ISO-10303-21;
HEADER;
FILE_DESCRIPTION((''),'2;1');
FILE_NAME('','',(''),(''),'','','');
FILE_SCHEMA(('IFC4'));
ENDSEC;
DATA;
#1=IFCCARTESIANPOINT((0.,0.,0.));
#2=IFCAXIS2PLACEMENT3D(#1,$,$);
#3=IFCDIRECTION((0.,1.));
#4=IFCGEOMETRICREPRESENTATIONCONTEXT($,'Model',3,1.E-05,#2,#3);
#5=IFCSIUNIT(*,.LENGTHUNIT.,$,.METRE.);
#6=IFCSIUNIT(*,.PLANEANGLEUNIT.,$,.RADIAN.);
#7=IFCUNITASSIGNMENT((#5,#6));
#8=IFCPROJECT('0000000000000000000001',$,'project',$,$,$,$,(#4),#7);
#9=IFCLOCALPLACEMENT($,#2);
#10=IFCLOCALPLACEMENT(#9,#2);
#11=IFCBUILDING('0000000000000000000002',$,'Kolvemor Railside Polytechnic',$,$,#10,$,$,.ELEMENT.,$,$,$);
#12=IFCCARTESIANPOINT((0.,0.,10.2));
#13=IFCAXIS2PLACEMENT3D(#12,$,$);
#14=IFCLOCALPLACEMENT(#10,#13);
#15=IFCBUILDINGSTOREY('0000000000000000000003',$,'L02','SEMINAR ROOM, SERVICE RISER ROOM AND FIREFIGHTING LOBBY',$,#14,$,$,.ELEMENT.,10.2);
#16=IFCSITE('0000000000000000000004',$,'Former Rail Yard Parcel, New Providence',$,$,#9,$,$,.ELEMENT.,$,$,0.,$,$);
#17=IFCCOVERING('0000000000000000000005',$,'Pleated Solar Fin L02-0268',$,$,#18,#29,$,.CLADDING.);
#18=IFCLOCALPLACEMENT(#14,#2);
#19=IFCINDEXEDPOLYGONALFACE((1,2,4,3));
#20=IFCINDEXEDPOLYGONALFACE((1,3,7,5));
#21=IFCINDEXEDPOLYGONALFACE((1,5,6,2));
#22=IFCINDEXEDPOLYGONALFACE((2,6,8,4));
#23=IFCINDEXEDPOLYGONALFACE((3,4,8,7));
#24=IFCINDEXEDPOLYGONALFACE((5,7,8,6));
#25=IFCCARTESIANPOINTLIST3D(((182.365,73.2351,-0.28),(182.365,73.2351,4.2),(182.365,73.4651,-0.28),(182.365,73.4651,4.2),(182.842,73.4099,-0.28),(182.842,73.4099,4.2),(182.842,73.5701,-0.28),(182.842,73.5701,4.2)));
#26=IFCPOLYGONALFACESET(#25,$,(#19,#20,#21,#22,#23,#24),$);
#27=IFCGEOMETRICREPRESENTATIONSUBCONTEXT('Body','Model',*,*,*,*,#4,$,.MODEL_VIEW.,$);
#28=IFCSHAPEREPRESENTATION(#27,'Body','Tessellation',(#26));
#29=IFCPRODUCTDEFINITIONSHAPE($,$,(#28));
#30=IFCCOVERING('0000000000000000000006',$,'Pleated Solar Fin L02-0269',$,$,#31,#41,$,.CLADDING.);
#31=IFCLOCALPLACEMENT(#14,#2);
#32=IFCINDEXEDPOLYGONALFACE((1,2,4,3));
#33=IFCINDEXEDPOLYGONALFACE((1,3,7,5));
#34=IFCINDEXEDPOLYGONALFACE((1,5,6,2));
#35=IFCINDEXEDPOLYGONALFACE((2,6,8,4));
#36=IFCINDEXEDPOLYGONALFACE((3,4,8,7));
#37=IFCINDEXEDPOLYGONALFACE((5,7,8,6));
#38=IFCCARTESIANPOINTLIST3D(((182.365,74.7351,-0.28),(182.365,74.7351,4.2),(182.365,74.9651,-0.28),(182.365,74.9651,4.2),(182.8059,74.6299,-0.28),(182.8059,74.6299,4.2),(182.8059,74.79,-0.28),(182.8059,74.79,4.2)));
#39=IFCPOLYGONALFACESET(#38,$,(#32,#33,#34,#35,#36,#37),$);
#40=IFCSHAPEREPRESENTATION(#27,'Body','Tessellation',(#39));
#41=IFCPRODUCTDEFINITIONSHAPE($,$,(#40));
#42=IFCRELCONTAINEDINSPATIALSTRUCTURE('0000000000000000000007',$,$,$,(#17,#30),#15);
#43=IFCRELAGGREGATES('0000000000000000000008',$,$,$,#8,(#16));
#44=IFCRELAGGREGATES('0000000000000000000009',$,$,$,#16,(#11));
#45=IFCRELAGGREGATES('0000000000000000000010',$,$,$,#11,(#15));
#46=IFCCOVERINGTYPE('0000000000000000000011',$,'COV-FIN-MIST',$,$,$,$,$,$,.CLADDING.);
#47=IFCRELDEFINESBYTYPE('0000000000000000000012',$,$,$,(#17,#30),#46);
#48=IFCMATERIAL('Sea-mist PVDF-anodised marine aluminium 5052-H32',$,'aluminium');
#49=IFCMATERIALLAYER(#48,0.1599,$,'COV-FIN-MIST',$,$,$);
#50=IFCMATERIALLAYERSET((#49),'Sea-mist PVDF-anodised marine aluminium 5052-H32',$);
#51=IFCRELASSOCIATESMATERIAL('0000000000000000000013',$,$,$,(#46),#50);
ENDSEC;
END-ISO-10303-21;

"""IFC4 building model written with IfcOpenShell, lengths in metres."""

from ifc_helpers import new_model, si_unit, direction, frame, origin, place, context, subcontext, project, spatial, polyline, outline, extrude, material, layer, layer_set, type_object, element, save


model = new_model("IFC4")

# Units and contexts
model_context = context("Model", 3, precision=1e-05, world=origin(), true_north=direction((0.0, 1.0)))
body_context = subcontext(model_context, "Body", "Model", "MODEL_VIEW")
ifc_project = project(units=[si_unit("LENGTHUNIT", "METRE"), si_unit("PLANEANGLEUNIT", "RADIAN")], contexts=[model_context])

# Site, building, storey
site_placement = place(None, origin())
site = spatial("IfcSite", under=ifc_project, at=site_placement, Name="Former Rail Yard Parcel, New Providence", CompositionType="ELEMENT", RefElevation=0.0)
building_placement = place(site_placement, origin())
building = spatial("IfcBuilding", under=site, at=building_placement, Name="Kolvemor Railside Polytechnic", CompositionType="ELEMENT")
storey_placement = place(building_placement, frame((0.0, 0.0, 10.2)))
storey = spatial("IfcBuildingStorey", under=building, at=storey_placement, Name="L02", Description="SEMINAR ROOM, SERVICE RISER ROOM AND FIREFIGHTING LOBBY", CompositionType="ELEMENT", Elevation=10.2)

# Coverings
ifc_material_1 = material(Name="Sea-mist PVDF-anodised marine aluminium 5052-H32", Category="aluminium")
ifc_layer_1 = layer(ifc_material_1, 0.1599, Name="COV-FIN-MIST")
ifc_layer_set_1 = layer_set([ifc_layer_1], Name="Sea-mist PVDF-anodised marine aluminium 5052-H32")
covering_type_1 = type_object("IfcCoveringType", Name="COV-FIN-MIST", PredefinedType="CLADDING", material=ifc_layer_set_1)
covering_1_placement = place(storey_placement, frame((0.0, 0.0, -0.28)))
element("IfcCovering", 1, at=covering_1_placement, inside=storey, type_object=covering_type_1, Name="Pleated Solar Fin L02-0268", PredefinedType="CLADDING", context=body_context, shape_type="SweptSolid", body=[
    extrude(outline(polyline([(182.365, 73.2351), (182.365, 73.4651), (182.842, 73.5701), (182.842, 73.4099), (182.365, 73.2351)])), origin(), (0.0, 0.0, 1.0), 4.48),
])
covering_2_placement = place(storey_placement, frame((0.0, 0.0, -0.28)))
element("IfcCovering", 2, at=covering_2_placement, inside=storey, type_object=covering_type_1, Name="Pleated Solar Fin L02-0269", PredefinedType="CLADDING", context=body_context, shape_type="SweptSolid", body=[
    extrude(outline(polyline([(182.365, 74.7351), (182.365, 74.9651), (182.8059, 74.79), (182.8059, 74.6299), (182.365, 74.7351)])), origin(), (0.0, 0.0, 1.0), 4.48),
])

save(model, "model.ifc")
